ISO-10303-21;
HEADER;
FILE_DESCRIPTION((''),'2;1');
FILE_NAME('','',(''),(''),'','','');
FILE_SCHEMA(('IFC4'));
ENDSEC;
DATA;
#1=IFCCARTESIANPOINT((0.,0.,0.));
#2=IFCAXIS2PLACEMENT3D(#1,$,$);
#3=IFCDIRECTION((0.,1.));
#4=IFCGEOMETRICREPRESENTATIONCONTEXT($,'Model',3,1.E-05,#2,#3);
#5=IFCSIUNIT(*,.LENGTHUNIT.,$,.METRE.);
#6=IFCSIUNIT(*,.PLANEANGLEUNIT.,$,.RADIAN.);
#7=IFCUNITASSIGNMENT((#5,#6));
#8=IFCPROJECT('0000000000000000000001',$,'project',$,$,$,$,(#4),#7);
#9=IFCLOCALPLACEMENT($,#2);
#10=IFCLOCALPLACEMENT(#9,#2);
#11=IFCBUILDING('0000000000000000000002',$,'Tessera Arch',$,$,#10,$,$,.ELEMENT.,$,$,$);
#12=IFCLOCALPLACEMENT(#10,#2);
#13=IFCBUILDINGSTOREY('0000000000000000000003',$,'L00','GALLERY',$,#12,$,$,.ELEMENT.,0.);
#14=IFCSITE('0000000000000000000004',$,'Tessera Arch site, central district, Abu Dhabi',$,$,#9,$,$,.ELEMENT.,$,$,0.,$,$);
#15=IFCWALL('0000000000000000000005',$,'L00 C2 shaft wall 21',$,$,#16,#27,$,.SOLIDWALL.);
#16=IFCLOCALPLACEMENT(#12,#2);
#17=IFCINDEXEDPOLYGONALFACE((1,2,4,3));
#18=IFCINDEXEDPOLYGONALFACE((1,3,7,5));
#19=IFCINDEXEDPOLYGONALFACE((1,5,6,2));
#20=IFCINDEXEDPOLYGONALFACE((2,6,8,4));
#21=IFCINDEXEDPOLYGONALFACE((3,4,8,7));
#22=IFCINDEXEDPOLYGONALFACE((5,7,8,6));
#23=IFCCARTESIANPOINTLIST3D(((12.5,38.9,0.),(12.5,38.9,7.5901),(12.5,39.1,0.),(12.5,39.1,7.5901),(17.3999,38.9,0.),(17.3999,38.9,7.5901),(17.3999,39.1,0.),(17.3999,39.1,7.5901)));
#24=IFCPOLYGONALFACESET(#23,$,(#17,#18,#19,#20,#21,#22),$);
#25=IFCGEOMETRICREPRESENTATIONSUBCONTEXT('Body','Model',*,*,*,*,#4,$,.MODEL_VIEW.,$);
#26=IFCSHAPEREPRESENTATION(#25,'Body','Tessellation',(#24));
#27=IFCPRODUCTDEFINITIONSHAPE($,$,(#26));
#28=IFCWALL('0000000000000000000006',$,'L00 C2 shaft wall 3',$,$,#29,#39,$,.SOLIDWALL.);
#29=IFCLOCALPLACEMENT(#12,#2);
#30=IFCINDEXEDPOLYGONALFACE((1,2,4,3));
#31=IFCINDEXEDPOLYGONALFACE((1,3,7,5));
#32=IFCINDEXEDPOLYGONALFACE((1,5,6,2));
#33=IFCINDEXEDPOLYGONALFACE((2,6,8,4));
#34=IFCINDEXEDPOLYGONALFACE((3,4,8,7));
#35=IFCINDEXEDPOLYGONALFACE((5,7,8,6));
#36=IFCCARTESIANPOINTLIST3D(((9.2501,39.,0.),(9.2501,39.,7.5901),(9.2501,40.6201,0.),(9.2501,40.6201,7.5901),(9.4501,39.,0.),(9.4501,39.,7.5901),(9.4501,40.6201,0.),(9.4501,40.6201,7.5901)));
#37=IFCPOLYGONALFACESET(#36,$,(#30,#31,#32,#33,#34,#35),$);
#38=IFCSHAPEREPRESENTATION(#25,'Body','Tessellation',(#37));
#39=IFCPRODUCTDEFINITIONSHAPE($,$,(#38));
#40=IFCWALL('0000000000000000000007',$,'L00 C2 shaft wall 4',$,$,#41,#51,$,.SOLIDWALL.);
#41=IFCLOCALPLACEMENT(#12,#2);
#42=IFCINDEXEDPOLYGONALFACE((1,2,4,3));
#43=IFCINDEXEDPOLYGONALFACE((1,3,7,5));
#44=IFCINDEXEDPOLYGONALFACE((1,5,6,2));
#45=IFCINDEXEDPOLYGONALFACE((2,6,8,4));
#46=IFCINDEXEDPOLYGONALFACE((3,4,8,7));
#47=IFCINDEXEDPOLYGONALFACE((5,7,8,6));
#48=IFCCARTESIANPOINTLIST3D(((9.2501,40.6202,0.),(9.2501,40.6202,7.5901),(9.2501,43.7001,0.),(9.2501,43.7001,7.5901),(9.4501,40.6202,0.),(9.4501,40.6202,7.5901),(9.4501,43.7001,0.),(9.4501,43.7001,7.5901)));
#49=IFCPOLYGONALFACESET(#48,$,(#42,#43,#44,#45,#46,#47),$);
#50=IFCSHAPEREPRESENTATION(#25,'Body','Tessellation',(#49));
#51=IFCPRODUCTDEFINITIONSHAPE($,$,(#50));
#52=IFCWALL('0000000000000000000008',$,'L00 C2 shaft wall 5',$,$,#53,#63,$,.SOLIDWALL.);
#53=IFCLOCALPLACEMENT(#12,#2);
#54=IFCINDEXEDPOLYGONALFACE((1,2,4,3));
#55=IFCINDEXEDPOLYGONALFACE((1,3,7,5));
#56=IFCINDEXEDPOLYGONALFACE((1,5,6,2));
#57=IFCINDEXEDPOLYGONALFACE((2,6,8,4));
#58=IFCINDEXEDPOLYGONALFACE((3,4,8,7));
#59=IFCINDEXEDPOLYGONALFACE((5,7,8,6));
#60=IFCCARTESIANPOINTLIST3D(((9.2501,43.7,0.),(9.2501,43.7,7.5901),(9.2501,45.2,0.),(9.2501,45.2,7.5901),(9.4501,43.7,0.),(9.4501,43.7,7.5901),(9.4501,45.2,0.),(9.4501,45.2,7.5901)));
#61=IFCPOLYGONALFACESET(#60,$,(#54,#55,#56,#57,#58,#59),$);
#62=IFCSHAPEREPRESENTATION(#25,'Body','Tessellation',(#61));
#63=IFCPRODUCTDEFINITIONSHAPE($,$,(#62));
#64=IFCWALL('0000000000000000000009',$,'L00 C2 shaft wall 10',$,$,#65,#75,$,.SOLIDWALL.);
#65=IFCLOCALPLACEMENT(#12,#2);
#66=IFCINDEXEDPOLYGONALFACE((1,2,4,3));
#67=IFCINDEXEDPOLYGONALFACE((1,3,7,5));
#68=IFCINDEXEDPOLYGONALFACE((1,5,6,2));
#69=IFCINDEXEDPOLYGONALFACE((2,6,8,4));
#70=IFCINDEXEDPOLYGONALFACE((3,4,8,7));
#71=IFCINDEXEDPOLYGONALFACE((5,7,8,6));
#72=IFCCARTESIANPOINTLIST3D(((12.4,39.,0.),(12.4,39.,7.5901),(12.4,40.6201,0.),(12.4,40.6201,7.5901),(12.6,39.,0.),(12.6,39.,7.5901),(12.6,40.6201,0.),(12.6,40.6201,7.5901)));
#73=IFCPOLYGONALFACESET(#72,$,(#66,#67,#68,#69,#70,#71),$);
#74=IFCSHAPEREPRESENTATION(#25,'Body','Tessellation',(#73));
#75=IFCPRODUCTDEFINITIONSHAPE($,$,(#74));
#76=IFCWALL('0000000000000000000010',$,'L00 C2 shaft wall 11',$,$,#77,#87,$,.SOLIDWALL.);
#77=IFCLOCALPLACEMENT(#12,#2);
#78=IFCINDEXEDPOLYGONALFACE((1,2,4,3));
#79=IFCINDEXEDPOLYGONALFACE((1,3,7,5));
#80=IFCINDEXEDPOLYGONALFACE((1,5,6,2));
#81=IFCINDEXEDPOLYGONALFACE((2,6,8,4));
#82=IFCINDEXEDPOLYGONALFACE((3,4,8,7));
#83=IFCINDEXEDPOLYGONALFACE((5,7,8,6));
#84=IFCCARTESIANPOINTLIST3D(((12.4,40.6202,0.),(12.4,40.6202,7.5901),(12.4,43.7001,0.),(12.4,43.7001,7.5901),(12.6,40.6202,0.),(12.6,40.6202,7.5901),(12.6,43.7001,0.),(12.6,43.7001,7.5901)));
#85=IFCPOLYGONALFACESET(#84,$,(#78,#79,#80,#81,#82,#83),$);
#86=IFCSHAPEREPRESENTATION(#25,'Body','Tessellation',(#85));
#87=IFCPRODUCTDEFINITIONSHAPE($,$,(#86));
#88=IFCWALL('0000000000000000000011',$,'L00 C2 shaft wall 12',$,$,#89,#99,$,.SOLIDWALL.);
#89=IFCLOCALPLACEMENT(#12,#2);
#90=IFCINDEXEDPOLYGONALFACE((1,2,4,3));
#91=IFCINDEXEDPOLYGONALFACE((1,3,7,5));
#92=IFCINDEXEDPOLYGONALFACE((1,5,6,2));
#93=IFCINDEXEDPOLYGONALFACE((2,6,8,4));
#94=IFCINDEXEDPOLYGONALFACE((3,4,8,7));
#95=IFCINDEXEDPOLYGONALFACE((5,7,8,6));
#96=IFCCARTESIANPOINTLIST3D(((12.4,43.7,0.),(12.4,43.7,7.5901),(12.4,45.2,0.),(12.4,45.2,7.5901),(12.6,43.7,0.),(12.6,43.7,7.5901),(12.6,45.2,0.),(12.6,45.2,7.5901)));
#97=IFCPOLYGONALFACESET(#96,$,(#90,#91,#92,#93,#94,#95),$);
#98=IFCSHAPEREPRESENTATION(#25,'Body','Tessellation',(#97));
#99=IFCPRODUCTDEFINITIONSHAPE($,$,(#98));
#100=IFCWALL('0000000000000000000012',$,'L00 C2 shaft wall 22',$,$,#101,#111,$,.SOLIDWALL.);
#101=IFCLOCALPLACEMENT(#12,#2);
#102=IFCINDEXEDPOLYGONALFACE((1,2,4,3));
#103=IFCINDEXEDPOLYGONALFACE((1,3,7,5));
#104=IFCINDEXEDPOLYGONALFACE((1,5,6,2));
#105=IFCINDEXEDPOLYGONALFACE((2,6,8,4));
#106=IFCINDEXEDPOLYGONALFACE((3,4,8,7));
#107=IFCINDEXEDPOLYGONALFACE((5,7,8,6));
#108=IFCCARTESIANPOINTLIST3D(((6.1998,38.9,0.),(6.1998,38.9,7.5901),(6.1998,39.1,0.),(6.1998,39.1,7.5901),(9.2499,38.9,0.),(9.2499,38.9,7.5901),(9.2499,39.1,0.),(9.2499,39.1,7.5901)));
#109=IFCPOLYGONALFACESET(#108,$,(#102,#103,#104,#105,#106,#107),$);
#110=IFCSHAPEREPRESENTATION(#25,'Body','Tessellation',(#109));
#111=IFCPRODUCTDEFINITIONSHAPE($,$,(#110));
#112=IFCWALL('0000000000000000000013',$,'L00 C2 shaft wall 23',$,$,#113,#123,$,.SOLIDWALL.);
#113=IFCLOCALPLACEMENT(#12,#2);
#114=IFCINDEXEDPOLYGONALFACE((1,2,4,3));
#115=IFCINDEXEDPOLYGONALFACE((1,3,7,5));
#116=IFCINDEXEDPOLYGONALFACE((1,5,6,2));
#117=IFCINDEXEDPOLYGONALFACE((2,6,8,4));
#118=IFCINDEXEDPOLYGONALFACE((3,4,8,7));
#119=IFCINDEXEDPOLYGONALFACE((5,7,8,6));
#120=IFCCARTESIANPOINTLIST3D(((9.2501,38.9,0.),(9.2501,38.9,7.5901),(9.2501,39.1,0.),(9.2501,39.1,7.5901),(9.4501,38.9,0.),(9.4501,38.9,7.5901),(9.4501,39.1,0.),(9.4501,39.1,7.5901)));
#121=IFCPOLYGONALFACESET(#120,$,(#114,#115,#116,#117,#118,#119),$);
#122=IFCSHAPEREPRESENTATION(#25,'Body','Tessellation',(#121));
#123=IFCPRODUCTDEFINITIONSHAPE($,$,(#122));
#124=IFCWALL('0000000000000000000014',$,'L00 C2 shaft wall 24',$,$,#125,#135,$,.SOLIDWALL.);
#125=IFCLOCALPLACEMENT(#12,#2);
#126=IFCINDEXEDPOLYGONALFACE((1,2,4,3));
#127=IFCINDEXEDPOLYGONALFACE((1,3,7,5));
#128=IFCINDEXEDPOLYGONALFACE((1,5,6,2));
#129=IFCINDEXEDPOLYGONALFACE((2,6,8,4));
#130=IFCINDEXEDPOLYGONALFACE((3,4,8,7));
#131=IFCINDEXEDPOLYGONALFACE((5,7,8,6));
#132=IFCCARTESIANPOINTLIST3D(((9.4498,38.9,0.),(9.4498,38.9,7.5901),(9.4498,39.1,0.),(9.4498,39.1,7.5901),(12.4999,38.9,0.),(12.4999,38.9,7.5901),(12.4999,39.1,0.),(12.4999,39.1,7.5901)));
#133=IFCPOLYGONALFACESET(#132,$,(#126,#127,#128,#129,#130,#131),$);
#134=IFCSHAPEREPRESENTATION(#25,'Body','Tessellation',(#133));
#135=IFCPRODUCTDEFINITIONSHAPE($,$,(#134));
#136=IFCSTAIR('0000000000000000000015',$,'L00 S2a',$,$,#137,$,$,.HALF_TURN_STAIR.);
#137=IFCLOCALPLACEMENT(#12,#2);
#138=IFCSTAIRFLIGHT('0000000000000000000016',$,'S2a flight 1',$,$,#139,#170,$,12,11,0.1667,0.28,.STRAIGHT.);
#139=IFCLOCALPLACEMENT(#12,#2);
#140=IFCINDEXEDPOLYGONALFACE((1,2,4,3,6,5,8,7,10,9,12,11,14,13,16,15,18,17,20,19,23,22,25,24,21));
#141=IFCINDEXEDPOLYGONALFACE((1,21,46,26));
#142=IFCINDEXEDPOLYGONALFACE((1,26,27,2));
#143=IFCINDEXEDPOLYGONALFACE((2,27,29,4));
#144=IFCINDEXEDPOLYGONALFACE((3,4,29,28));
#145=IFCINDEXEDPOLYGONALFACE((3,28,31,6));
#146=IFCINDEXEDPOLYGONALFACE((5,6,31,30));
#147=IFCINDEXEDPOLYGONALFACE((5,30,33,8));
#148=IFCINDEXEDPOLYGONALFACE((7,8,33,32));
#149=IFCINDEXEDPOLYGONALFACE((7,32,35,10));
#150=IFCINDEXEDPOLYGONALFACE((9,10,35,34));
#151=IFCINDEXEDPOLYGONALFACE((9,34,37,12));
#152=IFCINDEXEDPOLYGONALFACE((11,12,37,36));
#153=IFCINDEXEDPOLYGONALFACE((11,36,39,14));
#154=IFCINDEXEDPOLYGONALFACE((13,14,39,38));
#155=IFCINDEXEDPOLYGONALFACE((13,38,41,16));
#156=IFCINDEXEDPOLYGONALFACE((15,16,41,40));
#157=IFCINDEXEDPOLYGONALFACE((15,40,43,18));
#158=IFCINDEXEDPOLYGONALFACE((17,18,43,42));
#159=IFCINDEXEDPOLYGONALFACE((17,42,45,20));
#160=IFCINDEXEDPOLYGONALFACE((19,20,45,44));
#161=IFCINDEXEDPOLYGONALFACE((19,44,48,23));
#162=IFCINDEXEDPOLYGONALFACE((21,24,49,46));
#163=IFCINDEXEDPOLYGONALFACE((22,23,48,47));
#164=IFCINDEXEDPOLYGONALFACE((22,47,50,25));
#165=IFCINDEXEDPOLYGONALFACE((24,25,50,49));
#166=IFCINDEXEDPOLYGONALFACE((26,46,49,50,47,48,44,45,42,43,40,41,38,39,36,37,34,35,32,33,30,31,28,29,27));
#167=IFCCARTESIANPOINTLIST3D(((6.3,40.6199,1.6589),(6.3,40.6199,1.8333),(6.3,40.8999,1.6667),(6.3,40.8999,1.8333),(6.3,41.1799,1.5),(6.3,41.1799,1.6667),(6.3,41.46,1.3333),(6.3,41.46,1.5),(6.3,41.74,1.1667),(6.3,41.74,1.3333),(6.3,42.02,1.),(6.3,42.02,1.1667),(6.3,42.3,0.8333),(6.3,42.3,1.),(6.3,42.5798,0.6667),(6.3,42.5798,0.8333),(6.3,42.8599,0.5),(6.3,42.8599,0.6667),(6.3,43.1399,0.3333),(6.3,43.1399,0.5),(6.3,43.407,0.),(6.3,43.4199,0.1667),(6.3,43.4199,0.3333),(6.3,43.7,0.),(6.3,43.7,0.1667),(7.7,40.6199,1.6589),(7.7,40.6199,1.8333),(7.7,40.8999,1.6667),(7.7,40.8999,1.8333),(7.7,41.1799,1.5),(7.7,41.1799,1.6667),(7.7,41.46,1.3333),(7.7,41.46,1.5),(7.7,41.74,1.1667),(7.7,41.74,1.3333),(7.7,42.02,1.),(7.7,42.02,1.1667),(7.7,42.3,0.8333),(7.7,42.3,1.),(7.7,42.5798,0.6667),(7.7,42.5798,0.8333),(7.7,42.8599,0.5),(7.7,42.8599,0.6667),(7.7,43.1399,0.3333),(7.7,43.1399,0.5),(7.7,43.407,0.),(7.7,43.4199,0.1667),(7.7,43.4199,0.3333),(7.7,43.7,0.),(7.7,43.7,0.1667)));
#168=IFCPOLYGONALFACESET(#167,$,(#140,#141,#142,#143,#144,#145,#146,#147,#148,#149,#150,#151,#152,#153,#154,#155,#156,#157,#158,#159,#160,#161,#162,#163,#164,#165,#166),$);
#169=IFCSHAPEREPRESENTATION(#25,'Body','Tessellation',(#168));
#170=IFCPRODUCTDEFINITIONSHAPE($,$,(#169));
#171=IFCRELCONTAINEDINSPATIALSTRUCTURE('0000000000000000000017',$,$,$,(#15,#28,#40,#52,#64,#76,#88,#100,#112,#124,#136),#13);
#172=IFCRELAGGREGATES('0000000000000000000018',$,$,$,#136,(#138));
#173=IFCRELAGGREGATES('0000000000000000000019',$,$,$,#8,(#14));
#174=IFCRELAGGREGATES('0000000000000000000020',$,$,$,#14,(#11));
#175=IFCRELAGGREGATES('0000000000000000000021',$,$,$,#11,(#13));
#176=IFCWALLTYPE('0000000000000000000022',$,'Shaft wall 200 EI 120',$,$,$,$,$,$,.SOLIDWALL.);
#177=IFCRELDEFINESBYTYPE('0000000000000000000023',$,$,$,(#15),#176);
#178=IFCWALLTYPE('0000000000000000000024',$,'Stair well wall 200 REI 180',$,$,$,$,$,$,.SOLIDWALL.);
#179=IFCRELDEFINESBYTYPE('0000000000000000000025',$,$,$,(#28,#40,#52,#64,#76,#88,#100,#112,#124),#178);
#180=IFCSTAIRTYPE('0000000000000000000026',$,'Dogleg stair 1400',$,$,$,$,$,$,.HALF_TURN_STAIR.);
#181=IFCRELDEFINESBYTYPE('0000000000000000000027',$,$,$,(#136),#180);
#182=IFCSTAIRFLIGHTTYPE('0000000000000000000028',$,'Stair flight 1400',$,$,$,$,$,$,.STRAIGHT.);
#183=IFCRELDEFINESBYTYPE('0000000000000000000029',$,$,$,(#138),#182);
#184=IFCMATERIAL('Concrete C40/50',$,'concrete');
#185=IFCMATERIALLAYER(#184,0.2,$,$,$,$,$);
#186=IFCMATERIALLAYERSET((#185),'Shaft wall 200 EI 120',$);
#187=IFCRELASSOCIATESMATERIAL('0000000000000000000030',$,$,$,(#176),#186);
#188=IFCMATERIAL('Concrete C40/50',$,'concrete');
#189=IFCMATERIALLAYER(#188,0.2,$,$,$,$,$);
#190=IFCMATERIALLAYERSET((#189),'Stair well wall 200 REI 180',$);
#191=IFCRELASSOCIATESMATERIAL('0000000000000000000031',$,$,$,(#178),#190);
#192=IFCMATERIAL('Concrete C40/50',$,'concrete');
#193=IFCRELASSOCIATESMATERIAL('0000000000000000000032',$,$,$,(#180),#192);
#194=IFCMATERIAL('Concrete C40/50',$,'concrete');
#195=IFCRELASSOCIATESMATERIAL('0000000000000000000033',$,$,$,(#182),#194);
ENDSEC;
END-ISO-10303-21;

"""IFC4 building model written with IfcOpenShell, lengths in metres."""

from ifc_helpers import new_model, si_unit, direction, frame, frame_2d, origin, place, context, subcontext, project, spatial, polyline, rectangle, outline, extrude, material, layer, layer_set, type_object, element, aggregate, save


model = new_model("IFC4")

# Units and contexts
model_context = context("Model", 3, precision=1e-05, world=origin(), true_north=direction((0.0, 1.0)))
body_context = subcontext(model_context, "Body", "Model", "MODEL_VIEW")
ifc_project = project(units=[si_unit("LENGTHUNIT", "METRE"), si_unit("PLANEANGLEUNIT", "RADIAN")], contexts=[model_context])

# Site, building, storey
site_placement = place(None, origin())
site = spatial("IfcSite", under=ifc_project, at=site_placement, Name="Tessera Arch site, central district, Abu Dhabi", CompositionType="ELEMENT", RefElevation=0.0)
building_placement = place(site_placement, origin())
building = spatial("IfcBuilding", under=site, at=building_placement, Name="Tessera Arch", CompositionType="ELEMENT")
storey_placement = place(building_placement, origin())
storey = spatial("IfcBuildingStorey", under=building, at=storey_placement, Name="L00", Description="GALLERY", CompositionType="ELEMENT", Elevation=0.0)

# Shared definitions
ifc_material_1 = material(Name="Concrete C40/50", Category="concrete")
ifc_layer_1 = layer(ifc_material_1, 0.2)
ifc_layer_set_1 = layer_set([ifc_layer_1], Name="Shaft wall 200 EI 120")
wall_type_1 = type_object("IfcWallType", Name="Shaft wall 200 EI 120", PredefinedType="SOLIDWALL", material=ifc_layer_set_1)

# Walls
wall_1_placement = place(storey_placement, frame((12.5, 39.0, 0.0), z_axis=(0.0, 0.0, 1.0), x_axis=(1.0, 0.0, 0.0)))
element("IfcWall", 1, at=wall_1_placement, inside=storey, type_object=wall_type_1, Name="L00 C2 shaft wall 21", PredefinedType="SOLIDWALL", context=body_context, shape_type="SweptSolid", body=[
    extrude(rectangle(XDim=4.8999, YDim=0.2, at=frame_2d((2.45, 0.0))), origin(), (0.0, 0.0, 1.0), 7.5901),
])
ifc_material_2 = material(Name="Concrete C40/50", Category="concrete")
ifc_layer_2 = layer(ifc_material_2, 0.2)
ifc_layer_set_2 = layer_set([ifc_layer_2], Name="Stair well wall 200 REI 180")
wall_type_2 = type_object("IfcWallType", Name="Stair well wall 200 REI 180", PredefinedType="SOLIDWALL", material=ifc_layer_set_2)
wall_2_placement = place(storey_placement, frame((9.3501, 39.0, 0.0), z_axis=(0.0, 0.0, 1.0), x_axis=(0.0, 1.0, 0.0)))
element("IfcWall", 2, at=wall_2_placement, inside=storey, type_object=wall_type_2, Name="L00 C2 shaft wall 3", PredefinedType="SOLIDWALL", context=body_context, shape_type="SweptSolid", body=[
    extrude(rectangle(XDim=1.6201, YDim=0.2, at=frame_2d((0.8101, 0.0))), origin(), (0.0, 0.0, 1.0), 7.5901),
])
wall_3_placement = place(storey_placement, frame((9.3501, 40.6201, 0.0), z_axis=(0.0, 0.0, 1.0), x_axis=(0.0, 1.0, 0.0)))
element("IfcWall", 3, at=wall_3_placement, inside=storey, type_object=wall_type_2, Name="L00 C2 shaft wall 4", PredefinedType="SOLIDWALL", context=body_context, shape_type="SweptSolid", body=[
    extrude(rectangle(XDim=3.0798, YDim=0.2, at=frame_2d((1.54, 0.0))), origin(), (0.0, 0.0, 1.0), 7.5901),
])
wall_4_placement = place(storey_placement, frame((9.3501, 43.7, 0.0), z_axis=(0.0, 0.0, 1.0), x_axis=(0.0, 1.0, 0.0)))
element("IfcWall", 4, at=wall_4_placement, inside=storey, type_object=wall_type_2, Name="L00 C2 shaft wall 5", PredefinedType="SOLIDWALL", context=body_context, shape_type="SweptSolid", body=[
    extrude(rectangle(XDim=1.5, YDim=0.2, at=frame_2d((0.75, 0.0))), origin(), (0.0, 0.0, 1.0), 7.5901),
])
wall_5_placement = place(storey_placement, frame((12.5, 39.0, 0.0), z_axis=(0.0, 0.0, 1.0), x_axis=(0.0, 1.0, 0.0)))
element("IfcWall", 5, at=wall_5_placement, inside=storey, type_object=wall_type_2, Name="L00 C2 shaft wall 10", PredefinedType="SOLIDWALL", context=body_context, shape_type="SweptSolid", body=[
    extrude(rectangle(XDim=1.6201, YDim=0.2, at=frame_2d((0.8101, 0.0))), origin(), (0.0, 0.0, 1.0), 7.5901),
])
wall_6_placement = place(storey_placement, frame((12.5, 40.6201, 0.0), z_axis=(0.0, 0.0, 1.0), x_axis=(0.0, 1.0, 0.0)))
element("IfcWall", 6, at=wall_6_placement, inside=storey, type_object=wall_type_2, Name="L00 C2 shaft wall 11", PredefinedType="SOLIDWALL", context=body_context, shape_type="SweptSolid", body=[
    extrude(rectangle(XDim=3.0798, YDim=0.2, at=frame_2d((1.54, 0.0))), origin(), (0.0, 0.0, 1.0), 7.5901),
])
wall_7_placement = place(storey_placement, frame((12.5, 43.7, 0.0), z_axis=(0.0, 0.0, 1.0), x_axis=(0.0, 1.0, 0.0)))
element("IfcWall", 7, at=wall_7_placement, inside=storey, type_object=wall_type_2, Name="L00 C2 shaft wall 12", PredefinedType="SOLIDWALL", context=body_context, shape_type="SweptSolid", body=[
    extrude(rectangle(XDim=1.5, YDim=0.2, at=frame_2d((0.75, 0.0))), origin(), (0.0, 0.0, 1.0), 7.5901),
])
wall_8_placement = place(storey_placement, frame((6.2, 39.0, 0.0), z_axis=(0.0, 0.0, 1.0), x_axis=(1.0, 0.0, 0.0)))
element("IfcWall", 8, at=wall_8_placement, inside=storey, type_object=wall_type_2, Name="L00 C2 shaft wall 22", PredefinedType="SOLIDWALL", context=body_context, shape_type="SweptSolid", body=[
    extrude(rectangle(XDim=3.05, YDim=0.2, at=frame_2d((1.5249, 0.0))), origin(), (0.0, 0.0, 1.0), 7.5901),
])
wall_9_placement = place(storey_placement, frame((9.25, 39.0, 0.0), z_axis=(0.0, 0.0, 1.0), x_axis=(1.0, 0.0, 0.0)))
element("IfcWall", 9, at=wall_9_placement, inside=storey, type_object=wall_type_2, Name="L00 C2 shaft wall 23", PredefinedType="SOLIDWALL", context=body_context, shape_type="SweptSolid", body=[
    extrude(rectangle(XDim=0.2, YDim=0.2, at=frame_2d((0.1001, 0.0))), origin(), (0.0, 0.0, 1.0), 7.5901),
])
wall_10_placement = place(storey_placement, frame((9.45, 39.0, 0.0), z_axis=(0.0, 0.0, 1.0), x_axis=(1.0, 0.0, 0.0)))
element("IfcWall", 10, at=wall_10_placement, inside=storey, type_object=wall_type_2, Name="L00 C2 shaft wall 24", PredefinedType="SOLIDWALL", context=body_context, shape_type="SweptSolid", body=[
    extrude(rectangle(XDim=3.05, YDim=0.2, at=frame_2d((1.5249, 0.0))), origin(), (0.0, 0.0, 1.0), 7.5901),
])

# Stair, stair flight
ifc_material_3 = material(Name="Concrete C40/50", Category="concrete")
stair_type = type_object("IfcStairType", Name="Dogleg stair 1400", PredefinedType="HALF_TURN_STAIR", material=ifc_material_3)
stair_1_placement = place(storey_placement, origin())
stair_1 = element("IfcStair", 11, at=stair_1_placement, inside=storey, type_object=stair_type, Name="L00 S2a", PredefinedType="HALF_TURN_STAIR")
ifc_material_4 = material(Name="Concrete C40/50", Category="concrete")
stair_flight_type = type_object("IfcStairFlightType", Name="Stair flight 1400", PredefinedType="STRAIGHT", material=ifc_material_4)
stair_flight_1_placement = place(storey_placement, frame((7.0, 43.7, 0.0), z_axis=(0.0, 0.0, 1.0), x_axis=(0.0, -1.0, 0.0)))
stair_flight_1 = element("IfcStairFlight", 12, at=stair_flight_1_placement, type_object=stair_flight_type, Name="S2a flight 1", NumberOfRisers=12, NumberOfTreads=11, PredefinedType="STRAIGHT", RiserHeight=0.1667, TreadLength=0.28, context=body_context, shape_type="SweptSolid", body=[
    extrude(outline(polyline([(0.0, 0.0), (0.0, 0.1667), (0.28, 0.1667), (0.28, 0.3333), (0.5601, 0.3333), (0.5601, 0.5), (0.8401, 0.5), (0.8401, 0.6667), (1.1201, 0.6667), (1.1201, 0.8333), (1.3999, 0.8333), (1.3999, 1.0), (1.6799, 1.0), (1.6799, 1.1667), (1.96, 1.1667), (1.96, 1.3333), (2.24, 1.3333), (2.24, 1.5), (2.52, 1.5), (2.52, 1.6667), (2.8, 1.6667), (2.8, 1.8333), (3.0801, 1.8333), (3.0801, 2.0), (3.0801, 1.6589), (0.293, 0.0), (0.0, 0.0)])), frame((0.0, 0.7, 0.0), z_axis=(0.0, -1.0, 0.0), x_axis=(1.0, 0.0, 0.0)), (0.0, 0.0, 1.0), 1.3999),
])
aggregate(stair_1, [stair_flight_1])

save(model, "model.ifc")
